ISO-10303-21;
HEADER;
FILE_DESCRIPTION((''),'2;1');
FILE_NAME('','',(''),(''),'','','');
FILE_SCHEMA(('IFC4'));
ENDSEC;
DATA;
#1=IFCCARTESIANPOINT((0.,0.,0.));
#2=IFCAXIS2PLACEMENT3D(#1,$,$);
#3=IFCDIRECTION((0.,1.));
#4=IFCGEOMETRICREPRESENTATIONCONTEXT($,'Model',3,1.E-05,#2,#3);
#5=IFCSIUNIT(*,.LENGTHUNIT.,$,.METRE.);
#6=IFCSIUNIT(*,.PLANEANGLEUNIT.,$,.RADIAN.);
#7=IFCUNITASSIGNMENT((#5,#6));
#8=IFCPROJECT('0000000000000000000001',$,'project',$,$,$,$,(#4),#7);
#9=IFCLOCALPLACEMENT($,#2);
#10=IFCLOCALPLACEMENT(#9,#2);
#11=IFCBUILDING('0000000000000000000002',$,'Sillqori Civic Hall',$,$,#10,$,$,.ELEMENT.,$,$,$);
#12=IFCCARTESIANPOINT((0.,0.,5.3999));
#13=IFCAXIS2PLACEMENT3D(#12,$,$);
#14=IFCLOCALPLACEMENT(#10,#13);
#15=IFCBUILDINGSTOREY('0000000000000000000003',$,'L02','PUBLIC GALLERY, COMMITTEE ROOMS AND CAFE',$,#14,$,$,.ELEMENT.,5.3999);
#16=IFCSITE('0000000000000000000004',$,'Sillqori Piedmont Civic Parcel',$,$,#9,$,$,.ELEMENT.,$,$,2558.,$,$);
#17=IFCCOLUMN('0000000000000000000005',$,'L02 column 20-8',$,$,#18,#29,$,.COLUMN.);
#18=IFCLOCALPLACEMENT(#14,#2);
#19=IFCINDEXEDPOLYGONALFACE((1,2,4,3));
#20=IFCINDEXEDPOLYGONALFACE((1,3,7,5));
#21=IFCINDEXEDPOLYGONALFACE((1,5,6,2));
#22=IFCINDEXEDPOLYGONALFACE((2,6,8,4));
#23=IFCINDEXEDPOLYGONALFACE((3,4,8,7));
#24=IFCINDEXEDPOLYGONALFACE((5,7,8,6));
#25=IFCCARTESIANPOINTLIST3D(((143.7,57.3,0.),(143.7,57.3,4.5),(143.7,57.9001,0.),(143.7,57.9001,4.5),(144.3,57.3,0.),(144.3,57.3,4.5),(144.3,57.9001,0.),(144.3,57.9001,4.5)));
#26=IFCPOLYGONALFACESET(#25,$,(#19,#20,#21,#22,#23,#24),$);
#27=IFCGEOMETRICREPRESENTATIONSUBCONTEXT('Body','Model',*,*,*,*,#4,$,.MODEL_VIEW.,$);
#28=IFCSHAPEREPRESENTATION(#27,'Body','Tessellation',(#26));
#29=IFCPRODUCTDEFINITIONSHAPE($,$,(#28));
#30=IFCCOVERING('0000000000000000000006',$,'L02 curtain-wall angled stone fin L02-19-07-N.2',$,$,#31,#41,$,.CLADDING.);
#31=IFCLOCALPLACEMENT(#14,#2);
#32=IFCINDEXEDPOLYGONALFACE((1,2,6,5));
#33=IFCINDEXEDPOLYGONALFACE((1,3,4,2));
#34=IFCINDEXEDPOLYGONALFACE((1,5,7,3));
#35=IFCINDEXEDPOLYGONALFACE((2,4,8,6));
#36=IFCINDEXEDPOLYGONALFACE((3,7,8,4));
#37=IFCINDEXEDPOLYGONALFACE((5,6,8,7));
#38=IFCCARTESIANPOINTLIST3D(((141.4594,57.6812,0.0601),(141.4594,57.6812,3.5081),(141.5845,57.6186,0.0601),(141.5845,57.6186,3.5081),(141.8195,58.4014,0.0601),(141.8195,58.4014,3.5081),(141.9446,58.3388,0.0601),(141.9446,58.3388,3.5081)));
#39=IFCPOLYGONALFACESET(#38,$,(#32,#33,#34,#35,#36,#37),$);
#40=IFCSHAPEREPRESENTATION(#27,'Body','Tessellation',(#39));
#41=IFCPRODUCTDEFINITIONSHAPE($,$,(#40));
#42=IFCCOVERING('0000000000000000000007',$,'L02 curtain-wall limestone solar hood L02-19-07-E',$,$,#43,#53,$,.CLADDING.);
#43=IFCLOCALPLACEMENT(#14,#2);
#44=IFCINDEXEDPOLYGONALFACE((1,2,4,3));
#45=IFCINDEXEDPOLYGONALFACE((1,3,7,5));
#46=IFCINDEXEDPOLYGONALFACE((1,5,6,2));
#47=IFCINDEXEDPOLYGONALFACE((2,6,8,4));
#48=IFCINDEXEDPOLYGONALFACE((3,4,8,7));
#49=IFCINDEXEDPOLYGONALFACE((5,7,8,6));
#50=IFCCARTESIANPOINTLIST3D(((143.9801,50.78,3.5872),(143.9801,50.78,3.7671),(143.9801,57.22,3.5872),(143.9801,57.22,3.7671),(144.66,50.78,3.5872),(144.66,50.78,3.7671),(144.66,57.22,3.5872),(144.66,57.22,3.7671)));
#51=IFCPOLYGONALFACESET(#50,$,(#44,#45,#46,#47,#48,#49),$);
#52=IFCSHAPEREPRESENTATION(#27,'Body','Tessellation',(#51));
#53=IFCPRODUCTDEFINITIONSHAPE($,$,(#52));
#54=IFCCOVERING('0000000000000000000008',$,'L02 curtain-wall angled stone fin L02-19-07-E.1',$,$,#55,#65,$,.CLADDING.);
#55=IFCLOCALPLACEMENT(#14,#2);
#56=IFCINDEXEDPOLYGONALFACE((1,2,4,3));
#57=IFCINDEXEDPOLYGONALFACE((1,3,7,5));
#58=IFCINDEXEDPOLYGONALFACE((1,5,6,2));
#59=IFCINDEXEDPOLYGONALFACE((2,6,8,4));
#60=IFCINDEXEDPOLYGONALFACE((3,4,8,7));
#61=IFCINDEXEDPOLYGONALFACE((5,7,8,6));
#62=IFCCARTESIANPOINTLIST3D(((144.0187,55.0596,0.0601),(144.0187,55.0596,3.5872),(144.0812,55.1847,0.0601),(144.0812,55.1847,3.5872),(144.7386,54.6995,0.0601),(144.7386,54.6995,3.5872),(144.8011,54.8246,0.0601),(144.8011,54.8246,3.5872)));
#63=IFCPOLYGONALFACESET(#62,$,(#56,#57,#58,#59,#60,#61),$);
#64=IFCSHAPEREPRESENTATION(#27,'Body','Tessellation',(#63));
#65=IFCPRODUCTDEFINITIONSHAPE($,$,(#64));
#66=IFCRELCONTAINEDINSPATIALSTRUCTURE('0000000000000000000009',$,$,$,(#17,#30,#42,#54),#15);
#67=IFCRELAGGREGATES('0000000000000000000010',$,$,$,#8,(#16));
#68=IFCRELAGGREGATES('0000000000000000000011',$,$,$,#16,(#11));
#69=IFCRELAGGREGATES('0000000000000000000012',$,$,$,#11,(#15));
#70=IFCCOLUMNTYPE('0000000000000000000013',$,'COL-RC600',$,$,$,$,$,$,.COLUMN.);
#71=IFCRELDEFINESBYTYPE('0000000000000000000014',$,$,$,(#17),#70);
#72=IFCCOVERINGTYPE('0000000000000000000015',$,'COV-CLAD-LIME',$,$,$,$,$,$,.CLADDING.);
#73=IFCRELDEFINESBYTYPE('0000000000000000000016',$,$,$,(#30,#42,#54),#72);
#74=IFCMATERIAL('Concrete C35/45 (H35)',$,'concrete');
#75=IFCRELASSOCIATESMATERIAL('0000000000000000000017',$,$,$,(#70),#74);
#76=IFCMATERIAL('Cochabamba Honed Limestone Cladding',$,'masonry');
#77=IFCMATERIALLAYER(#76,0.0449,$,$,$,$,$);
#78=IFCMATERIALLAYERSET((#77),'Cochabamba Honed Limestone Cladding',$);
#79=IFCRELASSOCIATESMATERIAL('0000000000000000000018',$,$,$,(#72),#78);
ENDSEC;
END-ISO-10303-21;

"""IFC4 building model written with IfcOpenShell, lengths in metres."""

from ifc_helpers import new_model, si_unit, direction, frame, frame_2d, origin, origin_2d, place, context, subcontext, project, spatial, rectangle, extrude, material, layer, layer_set, material_profile, profile_set, type_object, element, save


model = new_model("IFC4")

# Units and contexts
model_context = context("Model", 3, precision=1e-05, world=origin(), true_north=direction((0.0, 1.0)))
body_context = subcontext(model_context, "Body", "Model", "MODEL_VIEW")
ifc_project = project(units=[si_unit("LENGTHUNIT", "METRE"), si_unit("PLANEANGLEUNIT", "RADIAN")], contexts=[model_context])

# Site, building, storey
site_placement = place(None, origin())
site = spatial("IfcSite", under=ifc_project, at=site_placement, Name="Sillqori Piedmont Civic Parcel", CompositionType="ELEMENT", RefElevation=2558.0)
building_placement = place(site_placement, origin())
building = spatial("IfcBuilding", under=site, at=building_placement, Name="Sillqori Civic Hall", CompositionType="ELEMENT")
storey_placement = place(building_placement, frame((0.0, 0.0, 5.3999)))
storey = spatial("IfcBuildingStorey", under=building, at=storey_placement, Name="L02", Description="PUBLIC GALLERY, COMMITTEE ROOMS AND CAFE", CompositionType="ELEMENT", Elevation=5.3999)

# Column
ifc_material_1 = material(Name="Concrete C35/45 (H35)", Category="concrete")
ifc_material_profile_1 = material_profile(ifc_material_1, rectangle(XDim=0.6001, YDim=0.6001, at=origin_2d()), Name="RC 600x600")
ifc_profile_set_1 = profile_set([ifc_material_profile_1], Name="Concrete C35/45 (H35)")
column_type = type_object("IfcColumnType", Name="COL-RC600", PredefinedType="COLUMN", material=ifc_profile_set_1)
column_placement = place(storey_placement, frame((144.0, 57.6001, 0.0), z_axis=(0.0, 0.0, 1.0), x_axis=(1.0, 0.0, 0.0)))
element("IfcColumn", 1, at=column_placement, inside=storey, type_object=column_type, Name="L02 column 20-8", PredefinedType="COLUMN", context=body_context, shape_type="SweptSolid", body=[
    extrude(rectangle(XDim=0.6001, YDim=0.6001, at=origin_2d()), origin(), (0.0, 0.0, 1.0), 4.5),
])

# Coverings
ifc_material_2 = material(Name="Cochabamba Honed Limestone Cladding", Category="masonry")
ifc_layer_1 = layer(ifc_material_2, 0.0449)
ifc_layer_set_1 = layer_set([ifc_layer_1], Name="Cochabamba Honed Limestone Cladding")
covering_type = type_object("IfcCoveringType", Name="COV-CLAD-LIME", PredefinedType="CLADDING", material=ifc_layer_set_1)
covering_1_placement = place(storey_placement, frame((141.522, 57.6499, 0.0601), z_axis=(0.0, 0.0, 1.0), x_axis=(0.447214, 0.894427, 0.0)))
element("IfcCovering", 2, at=covering_1_placement, inside=storey, type_object=covering_type, Name="L02 curtain-wall angled stone fin L02-19-07-N.2", PredefinedType="CLADDING", context=body_context, shape_type="SweptSolid", body=[
    extrude(rectangle(XDim=0.8052, YDim=0.1399, at=frame_2d((0.4026, 0.0))), origin(), (0.0, 0.0, 1.0), 3.448),
])
covering_2_placement = place(storey_placement, frame((144.3201, 57.22, 3.5872), z_axis=(0.0, 0.0, 1.0), x_axis=(0.0, -1.0, 0.0)))
element("IfcCovering", 3, at=covering_2_placement, inside=storey, type_object=covering_type, Name="L02 curtain-wall limestone solar hood L02-19-07-E", PredefinedType="CLADDING", context=body_context, shape_type="SweptSolid", body=[
    extrude(rectangle(XDim=6.4399, YDim=0.6799, at=frame_2d((3.22, 0.0))), origin(), (0.0, 0.0, 1.0), 0.1799),
])
covering_3_placement = place(storey_placement, frame((144.05, 55.1221, 0.0601), z_axis=(0.0, 0.0, 1.0), x_axis=(0.894367, -0.447335, 0.0)))
element("IfcCovering", 4, at=covering_3_placement, inside=storey, type_object=covering_type, Name="L02 curtain-wall angled stone fin L02-19-07-E.1", PredefinedType="CLADDING", context=body_context, shape_type="SweptSolid", body=[
    extrude(rectangle(XDim=0.8049, YDim=0.1399, at=frame_2d((0.4023, 0.0))), origin(), (0.0, 0.0, 1.0), 3.5271),
])

save(model, "model.ifc")
